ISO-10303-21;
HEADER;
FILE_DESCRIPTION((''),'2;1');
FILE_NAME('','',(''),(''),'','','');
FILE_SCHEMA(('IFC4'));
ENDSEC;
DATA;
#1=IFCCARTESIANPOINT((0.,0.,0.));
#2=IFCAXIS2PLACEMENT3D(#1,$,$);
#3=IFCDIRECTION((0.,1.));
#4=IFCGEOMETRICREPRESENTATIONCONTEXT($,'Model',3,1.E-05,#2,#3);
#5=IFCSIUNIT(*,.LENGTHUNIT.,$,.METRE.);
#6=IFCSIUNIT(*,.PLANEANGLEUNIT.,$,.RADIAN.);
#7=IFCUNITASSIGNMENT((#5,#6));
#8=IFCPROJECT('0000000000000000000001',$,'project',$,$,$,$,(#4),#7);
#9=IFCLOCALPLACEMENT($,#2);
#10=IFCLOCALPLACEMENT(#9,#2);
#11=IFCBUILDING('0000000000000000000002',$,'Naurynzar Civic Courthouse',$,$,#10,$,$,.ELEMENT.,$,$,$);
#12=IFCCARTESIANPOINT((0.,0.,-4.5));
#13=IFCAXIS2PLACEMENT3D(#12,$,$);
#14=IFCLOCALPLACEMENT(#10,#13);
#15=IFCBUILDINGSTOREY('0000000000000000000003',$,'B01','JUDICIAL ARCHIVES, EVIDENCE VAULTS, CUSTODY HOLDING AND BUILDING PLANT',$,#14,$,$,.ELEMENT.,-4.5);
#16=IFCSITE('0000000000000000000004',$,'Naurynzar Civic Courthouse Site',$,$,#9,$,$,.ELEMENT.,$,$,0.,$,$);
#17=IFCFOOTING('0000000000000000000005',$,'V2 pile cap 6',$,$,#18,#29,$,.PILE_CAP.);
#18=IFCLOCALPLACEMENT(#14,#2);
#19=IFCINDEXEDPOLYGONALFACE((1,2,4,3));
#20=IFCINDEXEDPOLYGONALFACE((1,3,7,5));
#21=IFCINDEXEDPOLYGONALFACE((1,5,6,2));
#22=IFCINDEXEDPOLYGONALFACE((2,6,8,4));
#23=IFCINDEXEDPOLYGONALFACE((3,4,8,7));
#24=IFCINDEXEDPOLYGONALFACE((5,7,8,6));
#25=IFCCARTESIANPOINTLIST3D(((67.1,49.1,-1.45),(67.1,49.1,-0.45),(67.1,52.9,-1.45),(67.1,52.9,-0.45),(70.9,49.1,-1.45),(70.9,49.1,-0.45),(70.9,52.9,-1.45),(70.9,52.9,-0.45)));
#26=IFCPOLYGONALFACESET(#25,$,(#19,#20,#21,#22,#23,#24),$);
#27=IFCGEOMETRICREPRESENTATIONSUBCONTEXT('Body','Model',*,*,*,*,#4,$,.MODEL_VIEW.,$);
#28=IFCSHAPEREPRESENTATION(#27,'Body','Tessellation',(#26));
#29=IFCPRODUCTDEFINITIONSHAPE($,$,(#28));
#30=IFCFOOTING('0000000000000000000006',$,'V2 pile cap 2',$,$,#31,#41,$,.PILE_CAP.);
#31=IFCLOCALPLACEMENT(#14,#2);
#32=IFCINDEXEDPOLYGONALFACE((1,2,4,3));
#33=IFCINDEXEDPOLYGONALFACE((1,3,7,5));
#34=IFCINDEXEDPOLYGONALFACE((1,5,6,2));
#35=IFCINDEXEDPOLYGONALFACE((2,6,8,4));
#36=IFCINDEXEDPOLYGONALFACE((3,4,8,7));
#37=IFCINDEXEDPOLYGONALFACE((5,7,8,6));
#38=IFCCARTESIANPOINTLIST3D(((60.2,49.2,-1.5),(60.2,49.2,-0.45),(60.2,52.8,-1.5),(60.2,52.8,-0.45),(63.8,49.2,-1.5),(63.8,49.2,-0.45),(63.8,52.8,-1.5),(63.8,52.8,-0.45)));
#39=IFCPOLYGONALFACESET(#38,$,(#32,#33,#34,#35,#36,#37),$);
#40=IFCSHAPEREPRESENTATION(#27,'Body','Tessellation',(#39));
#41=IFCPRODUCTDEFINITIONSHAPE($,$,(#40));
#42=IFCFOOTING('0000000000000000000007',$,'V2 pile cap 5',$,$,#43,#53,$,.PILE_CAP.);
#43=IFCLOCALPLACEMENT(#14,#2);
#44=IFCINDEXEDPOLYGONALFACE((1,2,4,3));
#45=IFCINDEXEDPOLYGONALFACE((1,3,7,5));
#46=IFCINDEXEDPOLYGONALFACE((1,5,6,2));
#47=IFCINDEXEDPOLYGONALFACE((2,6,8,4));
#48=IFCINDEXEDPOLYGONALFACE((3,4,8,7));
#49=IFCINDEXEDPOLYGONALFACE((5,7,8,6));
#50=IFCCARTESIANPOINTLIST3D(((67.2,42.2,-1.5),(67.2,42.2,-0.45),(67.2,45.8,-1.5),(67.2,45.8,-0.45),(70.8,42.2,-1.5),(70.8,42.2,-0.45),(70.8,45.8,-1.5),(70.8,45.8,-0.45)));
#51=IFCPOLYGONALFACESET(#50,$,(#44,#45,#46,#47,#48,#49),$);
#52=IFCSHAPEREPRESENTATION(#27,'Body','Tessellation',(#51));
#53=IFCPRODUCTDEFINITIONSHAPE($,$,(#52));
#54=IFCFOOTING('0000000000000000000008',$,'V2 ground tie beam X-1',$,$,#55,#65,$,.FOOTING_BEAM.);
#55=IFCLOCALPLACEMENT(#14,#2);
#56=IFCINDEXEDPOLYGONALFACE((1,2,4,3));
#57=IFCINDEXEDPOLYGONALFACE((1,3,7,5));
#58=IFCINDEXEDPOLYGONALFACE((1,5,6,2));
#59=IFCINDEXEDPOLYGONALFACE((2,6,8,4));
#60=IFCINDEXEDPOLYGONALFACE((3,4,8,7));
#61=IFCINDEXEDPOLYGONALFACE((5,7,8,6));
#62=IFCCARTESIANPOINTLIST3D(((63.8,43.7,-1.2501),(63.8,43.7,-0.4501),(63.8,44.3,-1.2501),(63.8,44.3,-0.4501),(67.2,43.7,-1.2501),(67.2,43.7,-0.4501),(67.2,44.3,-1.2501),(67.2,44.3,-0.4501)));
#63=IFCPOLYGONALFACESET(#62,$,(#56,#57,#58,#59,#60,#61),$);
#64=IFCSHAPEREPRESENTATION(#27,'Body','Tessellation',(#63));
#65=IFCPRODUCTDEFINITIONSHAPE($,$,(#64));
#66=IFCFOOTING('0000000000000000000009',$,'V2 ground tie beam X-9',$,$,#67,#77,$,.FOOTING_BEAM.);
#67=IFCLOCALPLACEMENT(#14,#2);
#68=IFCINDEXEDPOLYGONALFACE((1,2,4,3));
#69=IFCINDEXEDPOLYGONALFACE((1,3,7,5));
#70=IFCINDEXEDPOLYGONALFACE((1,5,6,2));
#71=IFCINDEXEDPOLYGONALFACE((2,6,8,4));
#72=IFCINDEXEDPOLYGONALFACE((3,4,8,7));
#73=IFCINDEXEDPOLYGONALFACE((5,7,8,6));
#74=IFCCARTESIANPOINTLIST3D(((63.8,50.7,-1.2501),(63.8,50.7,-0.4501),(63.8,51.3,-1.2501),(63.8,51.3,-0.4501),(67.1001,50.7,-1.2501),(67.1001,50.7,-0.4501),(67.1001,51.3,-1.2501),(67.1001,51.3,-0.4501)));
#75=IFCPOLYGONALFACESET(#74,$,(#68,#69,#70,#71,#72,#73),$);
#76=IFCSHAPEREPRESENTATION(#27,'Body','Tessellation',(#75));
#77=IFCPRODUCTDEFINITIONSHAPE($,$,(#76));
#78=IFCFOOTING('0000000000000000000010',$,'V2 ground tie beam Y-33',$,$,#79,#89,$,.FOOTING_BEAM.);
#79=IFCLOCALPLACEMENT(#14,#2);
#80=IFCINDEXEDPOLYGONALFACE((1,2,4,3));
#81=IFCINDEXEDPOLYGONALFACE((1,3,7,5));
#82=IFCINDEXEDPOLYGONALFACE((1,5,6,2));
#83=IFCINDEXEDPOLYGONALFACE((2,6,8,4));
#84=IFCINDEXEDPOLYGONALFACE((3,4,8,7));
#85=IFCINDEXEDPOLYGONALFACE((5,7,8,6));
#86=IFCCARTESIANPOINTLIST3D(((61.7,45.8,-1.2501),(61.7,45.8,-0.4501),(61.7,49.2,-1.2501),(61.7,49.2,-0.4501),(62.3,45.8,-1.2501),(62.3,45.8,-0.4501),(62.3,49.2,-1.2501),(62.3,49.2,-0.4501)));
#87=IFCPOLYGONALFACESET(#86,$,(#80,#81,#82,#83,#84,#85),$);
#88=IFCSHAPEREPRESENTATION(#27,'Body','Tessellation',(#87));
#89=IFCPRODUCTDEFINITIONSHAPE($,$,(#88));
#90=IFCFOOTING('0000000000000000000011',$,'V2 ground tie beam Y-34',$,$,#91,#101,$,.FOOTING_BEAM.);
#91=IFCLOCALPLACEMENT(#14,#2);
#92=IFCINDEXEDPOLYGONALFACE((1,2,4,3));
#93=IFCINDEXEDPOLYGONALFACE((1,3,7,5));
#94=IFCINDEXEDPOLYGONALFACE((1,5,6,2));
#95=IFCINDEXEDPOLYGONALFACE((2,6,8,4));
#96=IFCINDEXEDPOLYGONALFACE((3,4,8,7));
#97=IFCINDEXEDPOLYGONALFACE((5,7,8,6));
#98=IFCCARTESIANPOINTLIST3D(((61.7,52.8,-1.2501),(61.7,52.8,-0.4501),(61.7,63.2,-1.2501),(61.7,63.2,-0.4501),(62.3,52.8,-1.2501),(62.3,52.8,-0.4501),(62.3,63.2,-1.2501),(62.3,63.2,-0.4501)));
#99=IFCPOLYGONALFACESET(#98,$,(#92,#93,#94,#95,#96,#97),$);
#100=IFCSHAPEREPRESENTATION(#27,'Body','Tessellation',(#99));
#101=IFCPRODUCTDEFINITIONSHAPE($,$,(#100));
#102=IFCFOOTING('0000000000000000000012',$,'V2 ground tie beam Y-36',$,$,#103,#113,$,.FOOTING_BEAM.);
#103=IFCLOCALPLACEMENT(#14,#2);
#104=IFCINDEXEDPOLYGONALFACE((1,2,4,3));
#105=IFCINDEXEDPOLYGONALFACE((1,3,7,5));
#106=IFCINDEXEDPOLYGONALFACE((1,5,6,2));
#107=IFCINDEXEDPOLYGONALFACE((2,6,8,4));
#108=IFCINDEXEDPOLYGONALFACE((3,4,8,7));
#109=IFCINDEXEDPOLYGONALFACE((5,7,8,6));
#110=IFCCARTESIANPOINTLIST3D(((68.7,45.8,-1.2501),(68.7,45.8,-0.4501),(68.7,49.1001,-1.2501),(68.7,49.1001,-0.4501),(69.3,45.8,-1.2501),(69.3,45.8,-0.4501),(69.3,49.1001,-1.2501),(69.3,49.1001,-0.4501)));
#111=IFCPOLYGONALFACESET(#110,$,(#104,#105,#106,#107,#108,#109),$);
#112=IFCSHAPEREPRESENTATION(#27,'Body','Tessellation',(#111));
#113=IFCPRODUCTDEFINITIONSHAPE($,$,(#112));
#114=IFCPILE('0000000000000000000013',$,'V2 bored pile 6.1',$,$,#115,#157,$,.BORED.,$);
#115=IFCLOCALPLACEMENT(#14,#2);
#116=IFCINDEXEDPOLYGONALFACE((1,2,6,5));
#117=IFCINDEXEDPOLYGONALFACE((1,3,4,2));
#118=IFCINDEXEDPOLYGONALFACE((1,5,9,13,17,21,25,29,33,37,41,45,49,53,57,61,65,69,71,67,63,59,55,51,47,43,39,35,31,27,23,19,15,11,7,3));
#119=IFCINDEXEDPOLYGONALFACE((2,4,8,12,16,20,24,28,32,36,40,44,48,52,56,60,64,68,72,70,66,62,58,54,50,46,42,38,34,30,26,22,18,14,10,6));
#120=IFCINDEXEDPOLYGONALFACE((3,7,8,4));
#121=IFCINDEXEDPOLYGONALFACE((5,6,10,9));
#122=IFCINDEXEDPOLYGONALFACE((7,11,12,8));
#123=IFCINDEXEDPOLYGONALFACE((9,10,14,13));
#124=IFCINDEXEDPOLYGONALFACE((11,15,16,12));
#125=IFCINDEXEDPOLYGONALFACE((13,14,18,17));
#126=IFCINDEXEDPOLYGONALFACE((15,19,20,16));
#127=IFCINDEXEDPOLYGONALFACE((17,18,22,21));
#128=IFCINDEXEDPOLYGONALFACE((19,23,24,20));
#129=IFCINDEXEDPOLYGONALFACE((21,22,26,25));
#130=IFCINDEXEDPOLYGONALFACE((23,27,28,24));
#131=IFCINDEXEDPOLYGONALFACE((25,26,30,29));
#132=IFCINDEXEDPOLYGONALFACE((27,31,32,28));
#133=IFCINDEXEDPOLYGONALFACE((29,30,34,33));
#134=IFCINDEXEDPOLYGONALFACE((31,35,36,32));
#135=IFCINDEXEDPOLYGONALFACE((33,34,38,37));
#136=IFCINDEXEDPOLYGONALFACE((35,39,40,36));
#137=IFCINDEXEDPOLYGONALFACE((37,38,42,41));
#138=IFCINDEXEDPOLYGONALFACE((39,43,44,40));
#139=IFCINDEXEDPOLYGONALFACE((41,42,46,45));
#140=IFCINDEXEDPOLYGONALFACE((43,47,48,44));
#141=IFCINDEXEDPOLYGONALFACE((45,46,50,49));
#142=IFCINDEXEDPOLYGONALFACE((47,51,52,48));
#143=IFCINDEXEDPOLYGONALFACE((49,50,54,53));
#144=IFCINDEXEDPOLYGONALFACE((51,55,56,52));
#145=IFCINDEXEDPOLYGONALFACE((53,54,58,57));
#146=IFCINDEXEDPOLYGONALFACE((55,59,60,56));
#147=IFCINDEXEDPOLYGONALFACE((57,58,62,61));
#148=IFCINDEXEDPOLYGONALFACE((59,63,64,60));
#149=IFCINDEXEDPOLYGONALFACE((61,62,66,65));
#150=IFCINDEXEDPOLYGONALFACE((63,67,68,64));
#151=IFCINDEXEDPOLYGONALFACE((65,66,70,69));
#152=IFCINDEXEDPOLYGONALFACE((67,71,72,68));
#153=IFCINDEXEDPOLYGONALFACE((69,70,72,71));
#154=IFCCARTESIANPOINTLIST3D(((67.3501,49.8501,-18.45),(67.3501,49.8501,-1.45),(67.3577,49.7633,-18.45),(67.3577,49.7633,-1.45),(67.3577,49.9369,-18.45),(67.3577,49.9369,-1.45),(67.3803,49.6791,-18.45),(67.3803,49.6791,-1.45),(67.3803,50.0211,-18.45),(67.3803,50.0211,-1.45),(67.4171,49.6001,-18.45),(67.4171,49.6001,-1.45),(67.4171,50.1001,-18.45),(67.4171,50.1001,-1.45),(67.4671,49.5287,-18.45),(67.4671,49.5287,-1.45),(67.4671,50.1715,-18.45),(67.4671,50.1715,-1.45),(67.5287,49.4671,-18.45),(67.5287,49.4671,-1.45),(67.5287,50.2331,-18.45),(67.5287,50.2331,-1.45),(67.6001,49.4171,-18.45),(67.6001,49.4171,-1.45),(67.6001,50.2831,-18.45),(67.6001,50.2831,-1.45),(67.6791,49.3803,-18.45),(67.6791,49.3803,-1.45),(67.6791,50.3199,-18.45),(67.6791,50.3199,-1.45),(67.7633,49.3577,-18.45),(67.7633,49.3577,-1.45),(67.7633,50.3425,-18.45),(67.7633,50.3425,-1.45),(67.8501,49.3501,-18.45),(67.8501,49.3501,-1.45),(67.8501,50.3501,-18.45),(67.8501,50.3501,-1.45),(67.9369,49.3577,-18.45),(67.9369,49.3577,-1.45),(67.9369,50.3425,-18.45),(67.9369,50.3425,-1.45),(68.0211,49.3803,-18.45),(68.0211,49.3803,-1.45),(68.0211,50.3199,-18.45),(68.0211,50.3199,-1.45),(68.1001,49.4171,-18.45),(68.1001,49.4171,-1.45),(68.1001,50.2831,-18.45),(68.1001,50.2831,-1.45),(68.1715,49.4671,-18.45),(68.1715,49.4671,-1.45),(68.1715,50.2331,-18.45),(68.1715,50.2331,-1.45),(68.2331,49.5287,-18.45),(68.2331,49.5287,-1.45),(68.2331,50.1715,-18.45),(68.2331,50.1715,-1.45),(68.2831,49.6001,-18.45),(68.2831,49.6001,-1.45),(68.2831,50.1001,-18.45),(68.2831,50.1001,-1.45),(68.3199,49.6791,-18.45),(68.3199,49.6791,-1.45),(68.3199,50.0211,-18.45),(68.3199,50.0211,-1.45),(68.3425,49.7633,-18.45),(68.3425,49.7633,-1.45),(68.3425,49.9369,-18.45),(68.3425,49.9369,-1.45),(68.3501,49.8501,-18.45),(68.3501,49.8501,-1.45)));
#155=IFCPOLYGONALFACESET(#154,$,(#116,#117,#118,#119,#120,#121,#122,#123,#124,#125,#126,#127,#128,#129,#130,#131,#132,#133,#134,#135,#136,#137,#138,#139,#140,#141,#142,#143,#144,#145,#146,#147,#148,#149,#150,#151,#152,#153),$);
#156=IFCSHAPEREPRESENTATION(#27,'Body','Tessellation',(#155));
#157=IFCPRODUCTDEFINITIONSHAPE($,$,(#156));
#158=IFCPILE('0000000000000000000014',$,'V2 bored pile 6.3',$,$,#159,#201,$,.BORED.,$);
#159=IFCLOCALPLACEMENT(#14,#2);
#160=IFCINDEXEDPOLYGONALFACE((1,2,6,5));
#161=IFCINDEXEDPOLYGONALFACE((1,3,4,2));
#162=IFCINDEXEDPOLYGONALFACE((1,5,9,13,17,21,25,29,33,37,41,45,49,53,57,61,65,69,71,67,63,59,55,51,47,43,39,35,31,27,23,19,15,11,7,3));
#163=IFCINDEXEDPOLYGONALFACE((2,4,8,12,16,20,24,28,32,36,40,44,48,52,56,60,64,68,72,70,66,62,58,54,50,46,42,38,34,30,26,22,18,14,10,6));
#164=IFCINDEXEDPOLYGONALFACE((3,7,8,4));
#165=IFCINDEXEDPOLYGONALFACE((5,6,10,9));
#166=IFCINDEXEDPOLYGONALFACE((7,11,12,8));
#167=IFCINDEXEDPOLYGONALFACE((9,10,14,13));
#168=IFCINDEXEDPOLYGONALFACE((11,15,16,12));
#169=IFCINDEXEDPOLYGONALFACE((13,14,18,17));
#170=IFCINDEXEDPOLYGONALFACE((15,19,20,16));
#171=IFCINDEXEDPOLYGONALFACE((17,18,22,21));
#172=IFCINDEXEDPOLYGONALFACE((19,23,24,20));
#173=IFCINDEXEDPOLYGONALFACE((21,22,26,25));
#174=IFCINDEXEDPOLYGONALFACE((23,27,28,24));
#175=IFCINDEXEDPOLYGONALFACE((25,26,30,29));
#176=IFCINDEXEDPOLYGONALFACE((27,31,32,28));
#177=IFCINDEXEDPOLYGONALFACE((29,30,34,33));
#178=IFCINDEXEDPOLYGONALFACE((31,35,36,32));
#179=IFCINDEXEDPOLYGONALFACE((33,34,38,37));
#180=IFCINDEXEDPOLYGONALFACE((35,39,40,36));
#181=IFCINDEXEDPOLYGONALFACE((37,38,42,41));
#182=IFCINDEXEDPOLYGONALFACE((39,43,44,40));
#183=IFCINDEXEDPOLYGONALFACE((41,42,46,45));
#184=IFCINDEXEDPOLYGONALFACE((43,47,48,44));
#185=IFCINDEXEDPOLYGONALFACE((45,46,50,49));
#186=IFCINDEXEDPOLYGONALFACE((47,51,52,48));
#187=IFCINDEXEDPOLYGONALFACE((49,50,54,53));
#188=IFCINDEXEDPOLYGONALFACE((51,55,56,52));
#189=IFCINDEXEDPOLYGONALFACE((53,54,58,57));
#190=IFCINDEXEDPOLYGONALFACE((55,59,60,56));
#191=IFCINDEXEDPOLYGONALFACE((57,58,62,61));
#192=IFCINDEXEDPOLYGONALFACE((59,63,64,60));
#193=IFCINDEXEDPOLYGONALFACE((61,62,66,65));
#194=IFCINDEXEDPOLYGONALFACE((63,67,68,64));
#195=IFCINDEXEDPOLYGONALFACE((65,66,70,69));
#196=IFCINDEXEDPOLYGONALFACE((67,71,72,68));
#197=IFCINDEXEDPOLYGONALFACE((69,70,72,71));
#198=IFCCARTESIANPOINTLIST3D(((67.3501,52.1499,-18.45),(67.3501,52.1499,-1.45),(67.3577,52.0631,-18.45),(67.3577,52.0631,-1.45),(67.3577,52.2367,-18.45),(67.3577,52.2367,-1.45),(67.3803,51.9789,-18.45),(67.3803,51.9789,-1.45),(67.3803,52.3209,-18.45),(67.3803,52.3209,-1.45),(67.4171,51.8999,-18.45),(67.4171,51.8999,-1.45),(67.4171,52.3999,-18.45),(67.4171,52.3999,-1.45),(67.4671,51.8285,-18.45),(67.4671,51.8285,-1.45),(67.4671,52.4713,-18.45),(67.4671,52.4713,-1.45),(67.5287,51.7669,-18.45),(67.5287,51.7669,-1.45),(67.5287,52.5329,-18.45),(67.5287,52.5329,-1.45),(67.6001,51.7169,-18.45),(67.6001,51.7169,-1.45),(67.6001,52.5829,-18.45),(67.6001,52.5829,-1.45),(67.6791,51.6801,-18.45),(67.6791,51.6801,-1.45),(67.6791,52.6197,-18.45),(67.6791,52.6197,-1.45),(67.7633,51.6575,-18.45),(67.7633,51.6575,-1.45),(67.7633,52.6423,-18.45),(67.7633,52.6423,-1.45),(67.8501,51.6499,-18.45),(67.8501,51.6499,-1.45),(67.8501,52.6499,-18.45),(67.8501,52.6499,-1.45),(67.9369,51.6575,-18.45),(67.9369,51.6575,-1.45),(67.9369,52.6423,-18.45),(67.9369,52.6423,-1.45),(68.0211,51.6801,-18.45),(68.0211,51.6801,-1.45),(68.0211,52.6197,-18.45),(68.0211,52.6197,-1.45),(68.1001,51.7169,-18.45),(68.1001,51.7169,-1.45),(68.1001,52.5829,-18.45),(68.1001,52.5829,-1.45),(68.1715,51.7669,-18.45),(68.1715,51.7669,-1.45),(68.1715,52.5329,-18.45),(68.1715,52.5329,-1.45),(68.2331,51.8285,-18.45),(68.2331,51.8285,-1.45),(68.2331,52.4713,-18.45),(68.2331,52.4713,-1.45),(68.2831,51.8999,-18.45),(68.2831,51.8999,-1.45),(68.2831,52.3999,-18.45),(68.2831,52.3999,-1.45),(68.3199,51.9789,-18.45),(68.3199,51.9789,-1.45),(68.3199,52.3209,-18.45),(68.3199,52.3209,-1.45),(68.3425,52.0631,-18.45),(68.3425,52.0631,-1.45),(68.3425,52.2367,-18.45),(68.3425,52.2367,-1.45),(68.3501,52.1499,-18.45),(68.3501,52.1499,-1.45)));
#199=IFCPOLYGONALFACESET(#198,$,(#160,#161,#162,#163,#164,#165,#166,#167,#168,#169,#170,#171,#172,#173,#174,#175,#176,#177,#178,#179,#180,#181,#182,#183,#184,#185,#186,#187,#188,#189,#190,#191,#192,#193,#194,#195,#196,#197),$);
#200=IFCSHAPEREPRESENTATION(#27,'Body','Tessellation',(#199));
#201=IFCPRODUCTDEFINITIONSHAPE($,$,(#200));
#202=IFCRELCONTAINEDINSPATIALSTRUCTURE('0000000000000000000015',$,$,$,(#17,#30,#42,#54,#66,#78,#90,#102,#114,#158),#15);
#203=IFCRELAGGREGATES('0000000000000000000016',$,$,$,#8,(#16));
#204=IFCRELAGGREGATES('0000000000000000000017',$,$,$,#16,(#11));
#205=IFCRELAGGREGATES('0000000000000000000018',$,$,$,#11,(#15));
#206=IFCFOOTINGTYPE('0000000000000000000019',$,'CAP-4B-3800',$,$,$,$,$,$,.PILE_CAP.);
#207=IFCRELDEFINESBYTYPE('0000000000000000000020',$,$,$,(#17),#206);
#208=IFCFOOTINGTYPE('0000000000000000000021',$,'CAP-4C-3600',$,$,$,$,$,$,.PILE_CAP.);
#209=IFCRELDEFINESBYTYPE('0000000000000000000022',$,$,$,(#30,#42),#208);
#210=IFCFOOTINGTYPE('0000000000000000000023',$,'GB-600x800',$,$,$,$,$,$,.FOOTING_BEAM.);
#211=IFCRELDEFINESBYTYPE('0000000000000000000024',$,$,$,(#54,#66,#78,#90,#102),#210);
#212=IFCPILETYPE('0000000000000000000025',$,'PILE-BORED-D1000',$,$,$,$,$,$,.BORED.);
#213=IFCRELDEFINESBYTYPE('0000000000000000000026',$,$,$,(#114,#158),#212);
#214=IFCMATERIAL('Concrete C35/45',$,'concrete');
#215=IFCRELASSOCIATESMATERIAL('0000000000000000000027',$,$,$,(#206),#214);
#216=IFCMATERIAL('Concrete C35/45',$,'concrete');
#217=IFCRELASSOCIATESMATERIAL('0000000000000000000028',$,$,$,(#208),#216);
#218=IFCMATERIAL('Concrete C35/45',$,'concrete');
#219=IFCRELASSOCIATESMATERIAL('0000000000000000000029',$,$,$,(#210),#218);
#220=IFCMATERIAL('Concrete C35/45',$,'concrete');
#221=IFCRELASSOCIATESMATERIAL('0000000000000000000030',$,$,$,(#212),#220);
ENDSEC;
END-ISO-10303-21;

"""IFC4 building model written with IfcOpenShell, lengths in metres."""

from ifc_helpers import new_model, si_unit, direction, frame, origin, origin_2d, place, context, subcontext, project, spatial, rectangle, circle, extrude, material, material_profile, profile_set, type_object, element, save


model = new_model("IFC4")

# Units and contexts
model_context = context("Model", 3, precision=1e-05, world=origin(), true_north=direction((0.0, 1.0)))
body_context = subcontext(model_context, "Body", "Model", "MODEL_VIEW")
ifc_project = project(units=[si_unit("LENGTHUNIT", "METRE"), si_unit("PLANEANGLEUNIT", "RADIAN")], contexts=[model_context])

# Site, building, storey
site_placement = place(None, origin())
site = spatial("IfcSite", under=ifc_project, at=site_placement, Name="Naurynzar Civic Courthouse Site", CompositionType="ELEMENT", RefElevation=0.0)
building_placement = place(site_placement, origin())
building = spatial("IfcBuilding", under=site, at=building_placement, Name="Naurynzar Civic Courthouse", CompositionType="ELEMENT")
storey_placement = place(building_placement, frame((0.0, 0.0, -4.5)))
storey = spatial("IfcBuildingStorey", under=building, at=storey_placement, Name="B01", Description="JUDICIAL ARCHIVES, EVIDENCE VAULTS, CUSTODY HOLDING AND BUILDING PLANT", CompositionType="ELEMENT", Elevation=-4.5)

# Footings
ifc_material_1 = material(Name="Concrete C35/45", Category="concrete")
footing_type_1 = type_object("IfcFootingType", Name="CAP-4B-3800", PredefinedType="PILE_CAP", material=ifc_material_1)
footing_1_placement = place(storey_placement, frame((69.0, 51.0, -1.45), z_axis=(0.0, 0.0, 1.0), x_axis=(1.0, 0.0, 0.0)))
element("IfcFooting", 1, at=footing_1_placement, inside=storey, type_object=footing_type_1, Name="V2 pile cap 6", PredefinedType="PILE_CAP", context=body_context, shape_type="SweptSolid", body=[
    extrude(rectangle(XDim=3.8, YDim=3.8, at=origin_2d()), origin(), (0.0, 0.0, 1.0), 1.0),
])
ifc_material_2 = material(Name="Concrete C35/45", Category="concrete")
footing_type_2 = type_object("IfcFootingType", Name="CAP-4C-3600", PredefinedType="PILE_CAP", material=ifc_material_2)
for number, where, z_axis, x_axis, name in (
    (2, (62.0, 51.0, -1.5), (0.0, 0.0, 1.0), (1.0, 0.0, 0.0), "V2 pile cap 2"),
    (3, (69.0, 44.0, -1.5), (0.0, 0.0, 1.0), (1.0, 0.0, 0.0), "V2 pile cap 5"),
):
    element("IfcFooting", number, at=place(storey_placement, frame(where, z_axis=z_axis, x_axis=x_axis)), inside=storey, type_object=footing_type_2, Name=name, PredefinedType="PILE_CAP", context=body_context, shape_type="SweptSolid", body=[
        extrude(rectangle(XDim=3.6001, YDim=3.6001, at=origin_2d()), origin(), (0.0, 0.0, 1.0), 1.05),
    ])
ifc_material_3 = material(Name="Concrete C35/45", Category="concrete")
ifc_material_profile_1 = material_profile(ifc_material_3, rectangle(XDim=0.6001, YDim=0.8, at=origin_2d()), Name="GB 600x800")
ifc_profile_set_1 = profile_set([ifc_material_profile_1], Name="Concrete C35/45")
footing_type_3 = type_object("IfcFootingType", Name="GB-600x800", PredefinedType="FOOTING_BEAM", material=ifc_profile_set_1)
footing_2_placement = place(storey_placement, frame((63.8, 44.0, -0.8501), z_axis=(1.0, 0.0, 0.0), x_axis=(0.0, 1.0, 0.0)))
element("IfcFooting", 4, at=footing_2_placement, inside=storey, type_object=footing_type_3, Name="V2 ground tie beam X-1", PredefinedType="FOOTING_BEAM", context=body_context, shape_type="SweptSolid", body=[
    extrude(rectangle(XDim=0.6001, YDim=0.8, at=origin_2d()), origin(), (0.0, 0.0, 1.0), 3.3999),
])
footing_3_placement = place(storey_placement, frame((63.8, 51.0, -0.8501), z_axis=(1.0, 0.0, 0.0), x_axis=(0.0, 1.0, 0.0)))
element("IfcFooting", 5, at=footing_3_placement, inside=storey, type_object=footing_type_3, Name="V2 ground tie beam X-9", PredefinedType="FOOTING_BEAM", context=body_context, shape_type="SweptSolid", body=[
    extrude(rectangle(XDim=0.6001, YDim=0.8, at=origin_2d()), origin(), (0.0, 0.0, 1.0), 3.3),
])
footing_4_placement = place(storey_placement, frame((62.0, 45.8, -0.8501), z_axis=(0.0, 1.0, 0.0), x_axis=(-1.0, 0.0, 0.0)))
element("IfcFooting", 6, at=footing_4_placement, inside=storey, type_object=footing_type_3, Name="V2 ground tie beam Y-33", PredefinedType="FOOTING_BEAM", context=body_context, shape_type="SweptSolid", body=[
    extrude(rectangle(XDim=0.6001, YDim=0.8, at=origin_2d()), origin(), (0.0, 0.0, 1.0), 3.3999),
])
footing_5_placement = place(storey_placement, frame((62.0, 52.8, -0.8501), z_axis=(0.0, 1.0, 0.0), x_axis=(-1.0, 0.0, 0.0)))
element("IfcFooting", 7, at=footing_5_placement, inside=storey, type_object=footing_type_3, Name="V2 ground tie beam Y-34", PredefinedType="FOOTING_BEAM", context=body_context, shape_type="SweptSolid", body=[
    extrude(rectangle(XDim=0.6001, YDim=0.8, at=origin_2d()), origin(), (0.0, 0.0, 1.0), 10.3999),
])
footing_6_placement = place(storey_placement, frame((69.0, 45.8, -0.8501), z_axis=(0.0, 1.0, 0.0), x_axis=(-1.0, 0.0, 0.0)))
element("IfcFooting", 8, at=footing_6_placement, inside=storey, type_object=footing_type_3, Name="V2 ground tie beam Y-36", PredefinedType="FOOTING_BEAM", context=body_context, shape_type="SweptSolid", body=[
    extrude(rectangle(XDim=0.6001, YDim=0.8, at=origin_2d()), origin(), (0.0, 0.0, 1.0), 3.3),
])

# Piles
ifc_material_4 = material(Name="Concrete C35/45", Category="concrete")
ifc_material_profile_2 = material_profile(ifc_material_4, circle(Radius=0.5, at=origin_2d()), Name="PILE D1000")
ifc_profile_set_2 = profile_set([ifc_material_profile_2], Name="Concrete C35/45")
pile_type_1 = type_object("IfcPileType", Name="PILE-BORED-D1000", PredefinedType="BORED", material=ifc_profile_set_2)
for number, where, z_axis, x_axis, name in (
    (9, (67.8501, 49.8501, -1.45), (0.0, 0.0, -1.0), (1.0, 0.0, 0.0), "V2 bored pile 6.1"),
    (10, (67.8501, 52.1499, -1.45), (0.0, 0.0, -1.0), (1.0, 0.0, 0.0), "V2 bored pile 6.3"),
):
    element("IfcPile", number, at=place(storey_placement, frame(where, z_axis=z_axis, x_axis=x_axis)), inside=storey, type_object=pile_type_1, Name=name, PredefinedType="BORED", context=body_context, shape_type="SweptSolid", body=[
        extrude(circle(Radius=0.5, at=origin_2d()), origin(), (0.0, 0.0, 1.0), 17.0),
    ])

save(model, "model.ifc")
